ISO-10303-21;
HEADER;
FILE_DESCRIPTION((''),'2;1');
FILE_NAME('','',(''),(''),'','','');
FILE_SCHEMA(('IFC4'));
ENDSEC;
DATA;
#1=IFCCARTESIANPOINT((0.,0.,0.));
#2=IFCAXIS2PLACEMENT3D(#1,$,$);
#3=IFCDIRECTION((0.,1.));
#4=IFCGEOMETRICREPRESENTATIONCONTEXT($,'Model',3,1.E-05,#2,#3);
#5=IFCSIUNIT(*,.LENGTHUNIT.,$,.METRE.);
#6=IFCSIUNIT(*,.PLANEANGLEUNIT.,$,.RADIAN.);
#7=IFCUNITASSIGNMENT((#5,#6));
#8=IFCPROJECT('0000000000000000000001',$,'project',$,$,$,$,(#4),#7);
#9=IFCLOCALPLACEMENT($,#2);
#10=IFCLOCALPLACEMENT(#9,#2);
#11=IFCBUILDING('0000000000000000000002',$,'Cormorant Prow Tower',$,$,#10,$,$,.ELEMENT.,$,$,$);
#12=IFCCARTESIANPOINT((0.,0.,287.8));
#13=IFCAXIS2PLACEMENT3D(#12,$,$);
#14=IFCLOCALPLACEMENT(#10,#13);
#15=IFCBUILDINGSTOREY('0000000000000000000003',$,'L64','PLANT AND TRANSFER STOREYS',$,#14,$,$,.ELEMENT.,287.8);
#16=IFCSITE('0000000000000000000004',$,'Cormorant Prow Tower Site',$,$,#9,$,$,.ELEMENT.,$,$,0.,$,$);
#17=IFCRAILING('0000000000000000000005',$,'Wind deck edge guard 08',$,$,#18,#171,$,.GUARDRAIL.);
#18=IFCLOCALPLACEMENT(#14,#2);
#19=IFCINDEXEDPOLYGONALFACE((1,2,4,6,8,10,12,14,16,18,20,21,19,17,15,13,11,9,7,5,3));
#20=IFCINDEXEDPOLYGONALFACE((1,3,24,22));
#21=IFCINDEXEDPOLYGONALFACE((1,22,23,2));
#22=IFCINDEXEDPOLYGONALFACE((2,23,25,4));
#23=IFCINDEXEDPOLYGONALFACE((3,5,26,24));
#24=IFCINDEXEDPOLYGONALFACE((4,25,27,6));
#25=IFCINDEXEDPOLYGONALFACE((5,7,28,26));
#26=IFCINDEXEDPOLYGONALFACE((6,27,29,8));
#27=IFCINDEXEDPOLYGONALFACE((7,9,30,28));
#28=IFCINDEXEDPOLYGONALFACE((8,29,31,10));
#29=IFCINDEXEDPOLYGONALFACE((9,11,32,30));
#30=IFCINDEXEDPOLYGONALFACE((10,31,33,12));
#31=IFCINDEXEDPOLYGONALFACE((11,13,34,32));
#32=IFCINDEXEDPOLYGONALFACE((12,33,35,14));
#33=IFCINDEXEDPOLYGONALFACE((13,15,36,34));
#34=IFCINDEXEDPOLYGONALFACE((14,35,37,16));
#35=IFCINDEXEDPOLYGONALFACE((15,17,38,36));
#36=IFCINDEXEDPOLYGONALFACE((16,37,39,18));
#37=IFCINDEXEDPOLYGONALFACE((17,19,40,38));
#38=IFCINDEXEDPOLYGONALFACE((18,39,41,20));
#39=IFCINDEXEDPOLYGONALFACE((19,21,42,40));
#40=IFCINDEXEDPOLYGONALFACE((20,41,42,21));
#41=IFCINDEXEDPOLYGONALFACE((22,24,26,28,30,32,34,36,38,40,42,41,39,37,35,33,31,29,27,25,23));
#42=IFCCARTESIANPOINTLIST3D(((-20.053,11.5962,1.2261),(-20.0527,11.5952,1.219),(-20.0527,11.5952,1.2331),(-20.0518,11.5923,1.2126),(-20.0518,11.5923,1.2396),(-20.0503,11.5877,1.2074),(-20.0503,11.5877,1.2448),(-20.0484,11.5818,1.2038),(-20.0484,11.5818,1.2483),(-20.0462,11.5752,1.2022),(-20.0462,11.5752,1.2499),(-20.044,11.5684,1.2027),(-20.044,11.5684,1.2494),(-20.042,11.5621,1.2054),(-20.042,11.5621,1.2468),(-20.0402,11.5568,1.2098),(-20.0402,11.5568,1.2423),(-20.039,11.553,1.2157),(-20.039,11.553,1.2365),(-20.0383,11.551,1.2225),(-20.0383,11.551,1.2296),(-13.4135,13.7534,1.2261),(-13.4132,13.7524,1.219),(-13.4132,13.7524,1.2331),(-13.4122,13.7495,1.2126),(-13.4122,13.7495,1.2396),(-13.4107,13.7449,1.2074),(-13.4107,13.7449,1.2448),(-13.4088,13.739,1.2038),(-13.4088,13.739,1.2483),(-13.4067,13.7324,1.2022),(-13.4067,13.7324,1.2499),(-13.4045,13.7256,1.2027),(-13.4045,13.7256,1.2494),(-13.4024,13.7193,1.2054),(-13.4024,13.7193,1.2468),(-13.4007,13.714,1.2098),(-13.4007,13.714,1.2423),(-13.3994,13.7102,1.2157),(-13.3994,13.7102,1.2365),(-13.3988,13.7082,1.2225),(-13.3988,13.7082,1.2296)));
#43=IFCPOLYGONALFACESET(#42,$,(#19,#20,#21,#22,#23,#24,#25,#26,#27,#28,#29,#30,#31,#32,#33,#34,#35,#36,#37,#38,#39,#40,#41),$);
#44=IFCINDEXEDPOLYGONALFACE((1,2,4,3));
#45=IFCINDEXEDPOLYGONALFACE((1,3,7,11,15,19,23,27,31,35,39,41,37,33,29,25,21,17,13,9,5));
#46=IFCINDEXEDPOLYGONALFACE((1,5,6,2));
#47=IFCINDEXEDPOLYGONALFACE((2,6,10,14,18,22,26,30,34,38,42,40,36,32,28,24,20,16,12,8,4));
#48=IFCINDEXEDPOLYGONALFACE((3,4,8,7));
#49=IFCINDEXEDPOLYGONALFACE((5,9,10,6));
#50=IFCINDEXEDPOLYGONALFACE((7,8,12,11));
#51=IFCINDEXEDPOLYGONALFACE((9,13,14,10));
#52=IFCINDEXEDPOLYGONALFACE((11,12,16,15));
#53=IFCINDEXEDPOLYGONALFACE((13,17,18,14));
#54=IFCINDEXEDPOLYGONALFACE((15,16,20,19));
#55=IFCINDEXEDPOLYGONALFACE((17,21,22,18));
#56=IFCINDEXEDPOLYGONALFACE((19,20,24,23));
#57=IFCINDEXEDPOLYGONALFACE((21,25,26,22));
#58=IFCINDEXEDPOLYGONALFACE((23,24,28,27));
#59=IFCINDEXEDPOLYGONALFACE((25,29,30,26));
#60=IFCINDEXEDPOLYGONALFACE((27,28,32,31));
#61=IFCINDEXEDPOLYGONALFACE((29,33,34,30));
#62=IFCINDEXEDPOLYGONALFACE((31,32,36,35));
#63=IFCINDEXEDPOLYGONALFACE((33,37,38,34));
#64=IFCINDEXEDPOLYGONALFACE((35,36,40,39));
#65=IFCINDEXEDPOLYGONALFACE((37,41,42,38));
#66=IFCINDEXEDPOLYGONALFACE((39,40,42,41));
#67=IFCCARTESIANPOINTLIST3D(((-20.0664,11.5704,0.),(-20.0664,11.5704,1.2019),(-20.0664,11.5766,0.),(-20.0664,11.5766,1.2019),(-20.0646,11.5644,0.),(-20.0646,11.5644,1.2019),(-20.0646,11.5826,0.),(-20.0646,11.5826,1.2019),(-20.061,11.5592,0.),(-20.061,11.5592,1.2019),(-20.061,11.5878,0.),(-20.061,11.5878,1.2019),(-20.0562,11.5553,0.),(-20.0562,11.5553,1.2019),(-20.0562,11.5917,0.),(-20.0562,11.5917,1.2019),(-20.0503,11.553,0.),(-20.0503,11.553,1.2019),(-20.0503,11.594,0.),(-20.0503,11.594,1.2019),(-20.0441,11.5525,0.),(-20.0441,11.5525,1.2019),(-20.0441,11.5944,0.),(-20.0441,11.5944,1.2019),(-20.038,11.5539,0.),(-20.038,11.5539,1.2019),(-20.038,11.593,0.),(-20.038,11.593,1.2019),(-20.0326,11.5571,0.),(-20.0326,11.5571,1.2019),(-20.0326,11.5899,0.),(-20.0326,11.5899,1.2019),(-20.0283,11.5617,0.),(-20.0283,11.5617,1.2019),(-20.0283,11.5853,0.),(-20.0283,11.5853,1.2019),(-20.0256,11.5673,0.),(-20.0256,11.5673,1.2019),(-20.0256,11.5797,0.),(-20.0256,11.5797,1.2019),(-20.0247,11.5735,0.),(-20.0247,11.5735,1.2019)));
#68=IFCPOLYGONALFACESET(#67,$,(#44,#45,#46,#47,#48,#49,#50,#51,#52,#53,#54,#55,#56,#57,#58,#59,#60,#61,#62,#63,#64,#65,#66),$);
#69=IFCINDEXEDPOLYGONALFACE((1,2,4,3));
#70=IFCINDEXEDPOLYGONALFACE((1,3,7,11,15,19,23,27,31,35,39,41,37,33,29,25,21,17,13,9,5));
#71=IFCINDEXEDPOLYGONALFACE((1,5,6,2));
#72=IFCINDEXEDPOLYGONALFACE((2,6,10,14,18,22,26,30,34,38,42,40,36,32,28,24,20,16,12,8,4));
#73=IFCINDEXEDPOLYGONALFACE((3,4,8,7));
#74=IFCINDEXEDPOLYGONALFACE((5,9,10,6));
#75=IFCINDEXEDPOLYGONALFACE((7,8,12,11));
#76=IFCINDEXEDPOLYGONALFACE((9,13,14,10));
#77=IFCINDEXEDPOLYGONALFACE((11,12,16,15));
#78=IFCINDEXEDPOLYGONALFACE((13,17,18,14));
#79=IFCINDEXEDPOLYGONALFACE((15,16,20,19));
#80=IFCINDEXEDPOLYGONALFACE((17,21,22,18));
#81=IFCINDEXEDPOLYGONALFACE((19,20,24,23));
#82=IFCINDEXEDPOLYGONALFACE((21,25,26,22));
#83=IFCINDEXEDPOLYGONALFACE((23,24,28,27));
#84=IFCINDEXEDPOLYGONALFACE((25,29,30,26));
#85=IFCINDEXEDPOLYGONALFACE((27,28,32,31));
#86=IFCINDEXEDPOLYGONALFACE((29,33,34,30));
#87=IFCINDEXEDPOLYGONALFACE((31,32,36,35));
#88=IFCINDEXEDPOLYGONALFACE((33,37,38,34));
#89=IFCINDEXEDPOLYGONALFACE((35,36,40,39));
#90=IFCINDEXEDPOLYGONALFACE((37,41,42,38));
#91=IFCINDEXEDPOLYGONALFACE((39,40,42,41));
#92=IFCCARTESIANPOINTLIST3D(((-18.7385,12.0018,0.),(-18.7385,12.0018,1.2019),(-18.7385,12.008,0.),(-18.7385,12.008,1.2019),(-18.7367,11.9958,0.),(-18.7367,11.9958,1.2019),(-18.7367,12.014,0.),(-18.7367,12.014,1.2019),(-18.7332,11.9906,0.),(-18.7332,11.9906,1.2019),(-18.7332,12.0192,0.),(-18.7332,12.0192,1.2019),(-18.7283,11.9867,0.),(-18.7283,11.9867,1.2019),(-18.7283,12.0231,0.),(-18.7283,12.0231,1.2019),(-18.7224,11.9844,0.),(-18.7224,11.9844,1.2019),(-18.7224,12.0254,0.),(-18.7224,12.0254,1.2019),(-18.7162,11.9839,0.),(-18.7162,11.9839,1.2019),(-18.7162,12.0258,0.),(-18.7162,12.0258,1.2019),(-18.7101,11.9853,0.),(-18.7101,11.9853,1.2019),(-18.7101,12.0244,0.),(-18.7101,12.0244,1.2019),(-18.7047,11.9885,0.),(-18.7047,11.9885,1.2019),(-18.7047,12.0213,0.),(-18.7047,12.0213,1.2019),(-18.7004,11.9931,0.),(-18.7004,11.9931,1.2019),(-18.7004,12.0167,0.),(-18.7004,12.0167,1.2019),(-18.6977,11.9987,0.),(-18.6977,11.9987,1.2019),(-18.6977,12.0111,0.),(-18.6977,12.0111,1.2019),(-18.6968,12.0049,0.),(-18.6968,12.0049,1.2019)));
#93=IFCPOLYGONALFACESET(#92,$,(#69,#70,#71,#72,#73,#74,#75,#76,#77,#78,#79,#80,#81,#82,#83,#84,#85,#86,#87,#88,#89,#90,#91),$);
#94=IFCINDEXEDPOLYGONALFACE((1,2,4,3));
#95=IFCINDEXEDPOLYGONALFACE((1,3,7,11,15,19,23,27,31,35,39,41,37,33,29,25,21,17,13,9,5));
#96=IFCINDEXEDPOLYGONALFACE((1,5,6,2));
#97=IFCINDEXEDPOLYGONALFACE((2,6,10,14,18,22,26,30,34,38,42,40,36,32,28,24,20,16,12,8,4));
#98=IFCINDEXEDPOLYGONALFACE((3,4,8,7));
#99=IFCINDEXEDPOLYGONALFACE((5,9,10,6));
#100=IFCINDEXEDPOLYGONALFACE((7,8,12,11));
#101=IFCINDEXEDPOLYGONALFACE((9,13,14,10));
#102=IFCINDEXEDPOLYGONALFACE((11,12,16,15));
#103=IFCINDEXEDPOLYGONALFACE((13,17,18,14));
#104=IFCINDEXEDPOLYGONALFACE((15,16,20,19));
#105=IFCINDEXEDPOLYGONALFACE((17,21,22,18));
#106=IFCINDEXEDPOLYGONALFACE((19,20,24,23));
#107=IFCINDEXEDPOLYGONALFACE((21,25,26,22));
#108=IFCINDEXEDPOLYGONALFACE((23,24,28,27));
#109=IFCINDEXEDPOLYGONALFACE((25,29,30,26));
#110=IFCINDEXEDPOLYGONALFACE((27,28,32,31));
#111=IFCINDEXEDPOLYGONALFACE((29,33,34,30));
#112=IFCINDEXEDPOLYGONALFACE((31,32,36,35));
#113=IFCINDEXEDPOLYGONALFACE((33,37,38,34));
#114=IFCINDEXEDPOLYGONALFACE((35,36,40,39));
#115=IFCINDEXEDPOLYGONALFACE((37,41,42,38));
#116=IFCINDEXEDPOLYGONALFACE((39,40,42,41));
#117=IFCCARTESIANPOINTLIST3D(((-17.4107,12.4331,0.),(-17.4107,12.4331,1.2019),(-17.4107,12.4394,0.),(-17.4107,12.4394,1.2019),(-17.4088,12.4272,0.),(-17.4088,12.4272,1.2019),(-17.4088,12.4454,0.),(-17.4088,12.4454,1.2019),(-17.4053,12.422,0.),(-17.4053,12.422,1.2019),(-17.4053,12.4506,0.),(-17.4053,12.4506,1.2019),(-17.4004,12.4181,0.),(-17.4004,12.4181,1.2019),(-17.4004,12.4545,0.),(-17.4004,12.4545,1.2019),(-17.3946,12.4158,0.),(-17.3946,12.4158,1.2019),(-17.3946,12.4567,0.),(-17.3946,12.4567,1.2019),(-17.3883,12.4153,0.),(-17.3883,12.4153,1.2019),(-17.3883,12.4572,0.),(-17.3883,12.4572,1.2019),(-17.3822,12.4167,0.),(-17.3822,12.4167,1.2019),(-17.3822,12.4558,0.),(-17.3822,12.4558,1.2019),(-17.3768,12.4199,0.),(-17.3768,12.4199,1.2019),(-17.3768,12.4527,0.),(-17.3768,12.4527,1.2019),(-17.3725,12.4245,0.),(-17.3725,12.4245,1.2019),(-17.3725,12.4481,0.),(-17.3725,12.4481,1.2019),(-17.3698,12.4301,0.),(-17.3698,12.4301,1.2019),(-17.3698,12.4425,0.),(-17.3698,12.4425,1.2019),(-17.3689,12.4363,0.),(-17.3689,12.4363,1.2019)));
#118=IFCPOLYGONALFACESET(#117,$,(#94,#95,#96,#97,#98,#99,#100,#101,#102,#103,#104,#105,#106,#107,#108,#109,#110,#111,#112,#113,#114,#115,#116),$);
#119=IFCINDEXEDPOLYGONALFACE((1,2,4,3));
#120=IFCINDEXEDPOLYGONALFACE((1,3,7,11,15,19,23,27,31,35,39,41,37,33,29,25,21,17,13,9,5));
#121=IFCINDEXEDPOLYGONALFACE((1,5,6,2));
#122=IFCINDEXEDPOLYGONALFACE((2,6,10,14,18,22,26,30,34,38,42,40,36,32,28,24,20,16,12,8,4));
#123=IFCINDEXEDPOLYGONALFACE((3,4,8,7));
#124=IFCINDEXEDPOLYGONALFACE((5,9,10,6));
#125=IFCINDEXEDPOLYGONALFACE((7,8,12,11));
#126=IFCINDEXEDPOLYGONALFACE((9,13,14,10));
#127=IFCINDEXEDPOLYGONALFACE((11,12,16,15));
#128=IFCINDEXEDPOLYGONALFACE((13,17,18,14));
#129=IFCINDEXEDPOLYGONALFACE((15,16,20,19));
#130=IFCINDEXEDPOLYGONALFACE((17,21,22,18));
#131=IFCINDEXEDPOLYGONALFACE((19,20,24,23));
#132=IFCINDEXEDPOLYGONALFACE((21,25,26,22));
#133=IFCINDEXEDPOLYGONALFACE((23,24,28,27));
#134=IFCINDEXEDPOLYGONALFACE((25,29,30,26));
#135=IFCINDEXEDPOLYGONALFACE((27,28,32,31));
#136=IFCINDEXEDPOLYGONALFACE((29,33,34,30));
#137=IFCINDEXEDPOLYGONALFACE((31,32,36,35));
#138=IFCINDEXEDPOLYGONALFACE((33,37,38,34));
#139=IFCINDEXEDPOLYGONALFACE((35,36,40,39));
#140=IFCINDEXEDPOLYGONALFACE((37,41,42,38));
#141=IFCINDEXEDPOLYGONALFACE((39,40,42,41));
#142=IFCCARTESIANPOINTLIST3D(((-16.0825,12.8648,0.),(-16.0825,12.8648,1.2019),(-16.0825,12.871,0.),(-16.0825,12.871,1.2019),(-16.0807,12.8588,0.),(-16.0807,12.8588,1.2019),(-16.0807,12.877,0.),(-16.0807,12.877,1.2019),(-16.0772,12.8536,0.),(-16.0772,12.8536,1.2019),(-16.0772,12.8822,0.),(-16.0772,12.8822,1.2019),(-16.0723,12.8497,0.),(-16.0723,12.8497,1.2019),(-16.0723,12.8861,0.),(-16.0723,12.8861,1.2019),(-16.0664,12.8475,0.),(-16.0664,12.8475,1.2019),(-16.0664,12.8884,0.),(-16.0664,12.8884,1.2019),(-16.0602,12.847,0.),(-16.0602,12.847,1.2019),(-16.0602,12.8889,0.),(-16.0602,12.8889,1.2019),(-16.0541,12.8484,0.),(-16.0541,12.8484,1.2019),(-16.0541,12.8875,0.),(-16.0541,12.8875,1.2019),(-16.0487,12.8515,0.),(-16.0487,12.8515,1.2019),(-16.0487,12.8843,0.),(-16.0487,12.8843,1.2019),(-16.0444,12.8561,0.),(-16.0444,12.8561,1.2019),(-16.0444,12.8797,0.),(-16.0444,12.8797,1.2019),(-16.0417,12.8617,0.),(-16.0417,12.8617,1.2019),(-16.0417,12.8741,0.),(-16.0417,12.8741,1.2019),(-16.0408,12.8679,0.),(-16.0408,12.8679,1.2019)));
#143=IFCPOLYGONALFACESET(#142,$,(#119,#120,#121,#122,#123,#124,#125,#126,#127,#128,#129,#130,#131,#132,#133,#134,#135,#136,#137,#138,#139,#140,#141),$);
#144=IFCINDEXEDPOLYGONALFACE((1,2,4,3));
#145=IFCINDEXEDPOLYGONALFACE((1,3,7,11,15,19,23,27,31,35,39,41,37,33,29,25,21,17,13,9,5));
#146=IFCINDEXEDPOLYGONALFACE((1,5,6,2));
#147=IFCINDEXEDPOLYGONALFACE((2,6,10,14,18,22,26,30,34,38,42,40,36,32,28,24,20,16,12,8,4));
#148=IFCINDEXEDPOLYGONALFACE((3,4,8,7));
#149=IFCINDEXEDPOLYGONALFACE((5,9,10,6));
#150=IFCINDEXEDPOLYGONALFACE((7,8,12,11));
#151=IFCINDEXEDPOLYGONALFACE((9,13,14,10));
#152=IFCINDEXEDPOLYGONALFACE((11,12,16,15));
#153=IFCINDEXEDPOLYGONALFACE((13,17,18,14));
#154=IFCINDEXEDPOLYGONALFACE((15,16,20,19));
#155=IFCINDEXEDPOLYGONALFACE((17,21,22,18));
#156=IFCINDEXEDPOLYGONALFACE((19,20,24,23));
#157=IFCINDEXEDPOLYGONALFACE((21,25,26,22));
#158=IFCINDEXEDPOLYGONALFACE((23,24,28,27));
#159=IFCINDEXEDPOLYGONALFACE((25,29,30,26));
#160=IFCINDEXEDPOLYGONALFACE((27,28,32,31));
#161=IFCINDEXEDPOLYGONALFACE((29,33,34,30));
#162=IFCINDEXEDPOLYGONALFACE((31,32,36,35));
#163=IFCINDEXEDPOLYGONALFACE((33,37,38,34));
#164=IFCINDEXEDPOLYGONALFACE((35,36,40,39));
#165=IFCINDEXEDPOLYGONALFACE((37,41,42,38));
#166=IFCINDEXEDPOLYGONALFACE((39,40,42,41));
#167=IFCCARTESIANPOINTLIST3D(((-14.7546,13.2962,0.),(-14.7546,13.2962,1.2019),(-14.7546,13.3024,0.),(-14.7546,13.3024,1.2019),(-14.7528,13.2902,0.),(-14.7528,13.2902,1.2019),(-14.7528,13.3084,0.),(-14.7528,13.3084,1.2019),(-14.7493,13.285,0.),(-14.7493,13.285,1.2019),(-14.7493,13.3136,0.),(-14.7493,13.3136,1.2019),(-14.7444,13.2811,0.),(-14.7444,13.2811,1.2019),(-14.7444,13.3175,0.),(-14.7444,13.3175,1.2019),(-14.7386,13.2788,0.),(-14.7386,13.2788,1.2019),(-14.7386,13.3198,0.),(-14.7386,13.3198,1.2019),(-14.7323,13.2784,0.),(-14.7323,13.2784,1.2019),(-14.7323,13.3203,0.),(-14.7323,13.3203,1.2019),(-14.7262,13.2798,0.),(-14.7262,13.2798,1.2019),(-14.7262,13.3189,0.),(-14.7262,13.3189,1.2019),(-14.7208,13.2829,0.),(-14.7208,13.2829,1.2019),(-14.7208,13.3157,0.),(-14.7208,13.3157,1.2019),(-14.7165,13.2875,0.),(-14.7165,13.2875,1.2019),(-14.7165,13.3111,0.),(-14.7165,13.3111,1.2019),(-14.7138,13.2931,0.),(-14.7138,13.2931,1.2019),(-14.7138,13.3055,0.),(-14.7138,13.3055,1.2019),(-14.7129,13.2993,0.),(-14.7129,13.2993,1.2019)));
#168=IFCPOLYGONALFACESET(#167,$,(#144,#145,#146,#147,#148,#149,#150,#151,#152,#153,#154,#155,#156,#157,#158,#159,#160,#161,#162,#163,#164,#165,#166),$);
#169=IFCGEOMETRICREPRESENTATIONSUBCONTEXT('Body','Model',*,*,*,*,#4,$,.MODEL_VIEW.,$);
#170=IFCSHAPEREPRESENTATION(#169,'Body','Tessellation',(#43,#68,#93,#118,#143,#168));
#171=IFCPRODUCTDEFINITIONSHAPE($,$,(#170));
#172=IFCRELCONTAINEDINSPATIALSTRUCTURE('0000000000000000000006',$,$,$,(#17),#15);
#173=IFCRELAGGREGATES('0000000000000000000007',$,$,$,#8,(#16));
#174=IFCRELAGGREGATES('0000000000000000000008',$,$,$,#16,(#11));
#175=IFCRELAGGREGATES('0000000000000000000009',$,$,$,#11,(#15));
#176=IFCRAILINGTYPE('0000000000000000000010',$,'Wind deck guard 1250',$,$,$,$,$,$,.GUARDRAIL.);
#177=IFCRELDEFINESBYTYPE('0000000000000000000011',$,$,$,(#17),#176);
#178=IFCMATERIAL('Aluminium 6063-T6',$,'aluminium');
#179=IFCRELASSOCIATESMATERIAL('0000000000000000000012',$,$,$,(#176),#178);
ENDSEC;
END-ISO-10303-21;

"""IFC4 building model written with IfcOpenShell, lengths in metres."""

from ifc_helpers import new_model, si_unit, direction, frame, origin, origin_2d, place, context, subcontext, project, spatial, circle, extrude, material, type_object, element, save


model = new_model("IFC4")

# Units and contexts
model_context = context("Model", 3, precision=1e-05, world=origin(), true_north=direction((0.0, 1.0)))
body_context = subcontext(model_context, "Body", "Model", "MODEL_VIEW")
ifc_project = project(units=[si_unit("LENGTHUNIT", "METRE"), si_unit("PLANEANGLEUNIT", "RADIAN")], contexts=[model_context])

# Site, building, storey
site_placement = place(None, origin())
site = spatial("IfcSite", under=ifc_project, at=site_placement, Name="Cormorant Prow Tower Site", CompositionType="ELEMENT", RefElevation=0.0)
building_placement = place(site_placement, origin())
building = spatial("IfcBuilding", under=site, at=building_placement, Name="Cormorant Prow Tower", CompositionType="ELEMENT")
storey_placement = place(building_placement, frame((0.0, 0.0, 287.8)))
storey = spatial("IfcBuildingStorey", under=building, at=storey_placement, Name="L64", Description="PLANT AND TRANSFER STOREYS", CompositionType="ELEMENT", Elevation=287.8)

# Railing
ifc_material_1 = material(Name="Aluminium 6063-T6", Category="aluminium")
railing_type = type_object("IfcRailingType", Name="Wind deck guard 1250", PredefinedType="GUARDRAIL", material=ifc_material_1)
railing_1_placement = place(storey_placement, frame((-20.0457, 11.5735, 0.0)))
element("IfcRailing", 1, at=railing_1_placement, inside=storey, type_object=railing_type, Name="Wind deck edge guard 08", PredefinedType="GUARDRAIL", context=body_context, shape_type="SweptSolid", body=[
    extrude(circle(Radius=0.0239, at=origin_2d()), frame((0.0, 0.0, 1.2261), z_axis=(0.951062, 0.309001, 0.0), x_axis=(-0.309001, 0.951062, 0.0)), (0.0, 0.0, 1.0), 6.9812),
    extrude(circle(Radius=0.021, at=origin_2d()), origin(), (0.0, 0.0, 1.0), 1.2019),
    extrude(circle(Radius=0.021, at=origin_2d()), frame((1.3279, 0.4314, 0.0)), (0.0, 0.0, 1.0), 1.2019),
    extrude(circle(Radius=0.021, at=origin_2d()), frame((2.6558, 0.8628, 0.0)), (0.0, 0.0, 1.0), 1.2019),
    extrude(circle(Radius=0.021, at=origin_2d()), frame((3.9839, 1.2944, 0.0)), (0.0, 0.0, 1.0), 1.2019),
    extrude(circle(Radius=0.021, at=origin_2d()), frame((5.3118, 1.7258, 0.0)), (0.0, 0.0, 1.0), 1.2019),
])

save(model, "model.ifc")
